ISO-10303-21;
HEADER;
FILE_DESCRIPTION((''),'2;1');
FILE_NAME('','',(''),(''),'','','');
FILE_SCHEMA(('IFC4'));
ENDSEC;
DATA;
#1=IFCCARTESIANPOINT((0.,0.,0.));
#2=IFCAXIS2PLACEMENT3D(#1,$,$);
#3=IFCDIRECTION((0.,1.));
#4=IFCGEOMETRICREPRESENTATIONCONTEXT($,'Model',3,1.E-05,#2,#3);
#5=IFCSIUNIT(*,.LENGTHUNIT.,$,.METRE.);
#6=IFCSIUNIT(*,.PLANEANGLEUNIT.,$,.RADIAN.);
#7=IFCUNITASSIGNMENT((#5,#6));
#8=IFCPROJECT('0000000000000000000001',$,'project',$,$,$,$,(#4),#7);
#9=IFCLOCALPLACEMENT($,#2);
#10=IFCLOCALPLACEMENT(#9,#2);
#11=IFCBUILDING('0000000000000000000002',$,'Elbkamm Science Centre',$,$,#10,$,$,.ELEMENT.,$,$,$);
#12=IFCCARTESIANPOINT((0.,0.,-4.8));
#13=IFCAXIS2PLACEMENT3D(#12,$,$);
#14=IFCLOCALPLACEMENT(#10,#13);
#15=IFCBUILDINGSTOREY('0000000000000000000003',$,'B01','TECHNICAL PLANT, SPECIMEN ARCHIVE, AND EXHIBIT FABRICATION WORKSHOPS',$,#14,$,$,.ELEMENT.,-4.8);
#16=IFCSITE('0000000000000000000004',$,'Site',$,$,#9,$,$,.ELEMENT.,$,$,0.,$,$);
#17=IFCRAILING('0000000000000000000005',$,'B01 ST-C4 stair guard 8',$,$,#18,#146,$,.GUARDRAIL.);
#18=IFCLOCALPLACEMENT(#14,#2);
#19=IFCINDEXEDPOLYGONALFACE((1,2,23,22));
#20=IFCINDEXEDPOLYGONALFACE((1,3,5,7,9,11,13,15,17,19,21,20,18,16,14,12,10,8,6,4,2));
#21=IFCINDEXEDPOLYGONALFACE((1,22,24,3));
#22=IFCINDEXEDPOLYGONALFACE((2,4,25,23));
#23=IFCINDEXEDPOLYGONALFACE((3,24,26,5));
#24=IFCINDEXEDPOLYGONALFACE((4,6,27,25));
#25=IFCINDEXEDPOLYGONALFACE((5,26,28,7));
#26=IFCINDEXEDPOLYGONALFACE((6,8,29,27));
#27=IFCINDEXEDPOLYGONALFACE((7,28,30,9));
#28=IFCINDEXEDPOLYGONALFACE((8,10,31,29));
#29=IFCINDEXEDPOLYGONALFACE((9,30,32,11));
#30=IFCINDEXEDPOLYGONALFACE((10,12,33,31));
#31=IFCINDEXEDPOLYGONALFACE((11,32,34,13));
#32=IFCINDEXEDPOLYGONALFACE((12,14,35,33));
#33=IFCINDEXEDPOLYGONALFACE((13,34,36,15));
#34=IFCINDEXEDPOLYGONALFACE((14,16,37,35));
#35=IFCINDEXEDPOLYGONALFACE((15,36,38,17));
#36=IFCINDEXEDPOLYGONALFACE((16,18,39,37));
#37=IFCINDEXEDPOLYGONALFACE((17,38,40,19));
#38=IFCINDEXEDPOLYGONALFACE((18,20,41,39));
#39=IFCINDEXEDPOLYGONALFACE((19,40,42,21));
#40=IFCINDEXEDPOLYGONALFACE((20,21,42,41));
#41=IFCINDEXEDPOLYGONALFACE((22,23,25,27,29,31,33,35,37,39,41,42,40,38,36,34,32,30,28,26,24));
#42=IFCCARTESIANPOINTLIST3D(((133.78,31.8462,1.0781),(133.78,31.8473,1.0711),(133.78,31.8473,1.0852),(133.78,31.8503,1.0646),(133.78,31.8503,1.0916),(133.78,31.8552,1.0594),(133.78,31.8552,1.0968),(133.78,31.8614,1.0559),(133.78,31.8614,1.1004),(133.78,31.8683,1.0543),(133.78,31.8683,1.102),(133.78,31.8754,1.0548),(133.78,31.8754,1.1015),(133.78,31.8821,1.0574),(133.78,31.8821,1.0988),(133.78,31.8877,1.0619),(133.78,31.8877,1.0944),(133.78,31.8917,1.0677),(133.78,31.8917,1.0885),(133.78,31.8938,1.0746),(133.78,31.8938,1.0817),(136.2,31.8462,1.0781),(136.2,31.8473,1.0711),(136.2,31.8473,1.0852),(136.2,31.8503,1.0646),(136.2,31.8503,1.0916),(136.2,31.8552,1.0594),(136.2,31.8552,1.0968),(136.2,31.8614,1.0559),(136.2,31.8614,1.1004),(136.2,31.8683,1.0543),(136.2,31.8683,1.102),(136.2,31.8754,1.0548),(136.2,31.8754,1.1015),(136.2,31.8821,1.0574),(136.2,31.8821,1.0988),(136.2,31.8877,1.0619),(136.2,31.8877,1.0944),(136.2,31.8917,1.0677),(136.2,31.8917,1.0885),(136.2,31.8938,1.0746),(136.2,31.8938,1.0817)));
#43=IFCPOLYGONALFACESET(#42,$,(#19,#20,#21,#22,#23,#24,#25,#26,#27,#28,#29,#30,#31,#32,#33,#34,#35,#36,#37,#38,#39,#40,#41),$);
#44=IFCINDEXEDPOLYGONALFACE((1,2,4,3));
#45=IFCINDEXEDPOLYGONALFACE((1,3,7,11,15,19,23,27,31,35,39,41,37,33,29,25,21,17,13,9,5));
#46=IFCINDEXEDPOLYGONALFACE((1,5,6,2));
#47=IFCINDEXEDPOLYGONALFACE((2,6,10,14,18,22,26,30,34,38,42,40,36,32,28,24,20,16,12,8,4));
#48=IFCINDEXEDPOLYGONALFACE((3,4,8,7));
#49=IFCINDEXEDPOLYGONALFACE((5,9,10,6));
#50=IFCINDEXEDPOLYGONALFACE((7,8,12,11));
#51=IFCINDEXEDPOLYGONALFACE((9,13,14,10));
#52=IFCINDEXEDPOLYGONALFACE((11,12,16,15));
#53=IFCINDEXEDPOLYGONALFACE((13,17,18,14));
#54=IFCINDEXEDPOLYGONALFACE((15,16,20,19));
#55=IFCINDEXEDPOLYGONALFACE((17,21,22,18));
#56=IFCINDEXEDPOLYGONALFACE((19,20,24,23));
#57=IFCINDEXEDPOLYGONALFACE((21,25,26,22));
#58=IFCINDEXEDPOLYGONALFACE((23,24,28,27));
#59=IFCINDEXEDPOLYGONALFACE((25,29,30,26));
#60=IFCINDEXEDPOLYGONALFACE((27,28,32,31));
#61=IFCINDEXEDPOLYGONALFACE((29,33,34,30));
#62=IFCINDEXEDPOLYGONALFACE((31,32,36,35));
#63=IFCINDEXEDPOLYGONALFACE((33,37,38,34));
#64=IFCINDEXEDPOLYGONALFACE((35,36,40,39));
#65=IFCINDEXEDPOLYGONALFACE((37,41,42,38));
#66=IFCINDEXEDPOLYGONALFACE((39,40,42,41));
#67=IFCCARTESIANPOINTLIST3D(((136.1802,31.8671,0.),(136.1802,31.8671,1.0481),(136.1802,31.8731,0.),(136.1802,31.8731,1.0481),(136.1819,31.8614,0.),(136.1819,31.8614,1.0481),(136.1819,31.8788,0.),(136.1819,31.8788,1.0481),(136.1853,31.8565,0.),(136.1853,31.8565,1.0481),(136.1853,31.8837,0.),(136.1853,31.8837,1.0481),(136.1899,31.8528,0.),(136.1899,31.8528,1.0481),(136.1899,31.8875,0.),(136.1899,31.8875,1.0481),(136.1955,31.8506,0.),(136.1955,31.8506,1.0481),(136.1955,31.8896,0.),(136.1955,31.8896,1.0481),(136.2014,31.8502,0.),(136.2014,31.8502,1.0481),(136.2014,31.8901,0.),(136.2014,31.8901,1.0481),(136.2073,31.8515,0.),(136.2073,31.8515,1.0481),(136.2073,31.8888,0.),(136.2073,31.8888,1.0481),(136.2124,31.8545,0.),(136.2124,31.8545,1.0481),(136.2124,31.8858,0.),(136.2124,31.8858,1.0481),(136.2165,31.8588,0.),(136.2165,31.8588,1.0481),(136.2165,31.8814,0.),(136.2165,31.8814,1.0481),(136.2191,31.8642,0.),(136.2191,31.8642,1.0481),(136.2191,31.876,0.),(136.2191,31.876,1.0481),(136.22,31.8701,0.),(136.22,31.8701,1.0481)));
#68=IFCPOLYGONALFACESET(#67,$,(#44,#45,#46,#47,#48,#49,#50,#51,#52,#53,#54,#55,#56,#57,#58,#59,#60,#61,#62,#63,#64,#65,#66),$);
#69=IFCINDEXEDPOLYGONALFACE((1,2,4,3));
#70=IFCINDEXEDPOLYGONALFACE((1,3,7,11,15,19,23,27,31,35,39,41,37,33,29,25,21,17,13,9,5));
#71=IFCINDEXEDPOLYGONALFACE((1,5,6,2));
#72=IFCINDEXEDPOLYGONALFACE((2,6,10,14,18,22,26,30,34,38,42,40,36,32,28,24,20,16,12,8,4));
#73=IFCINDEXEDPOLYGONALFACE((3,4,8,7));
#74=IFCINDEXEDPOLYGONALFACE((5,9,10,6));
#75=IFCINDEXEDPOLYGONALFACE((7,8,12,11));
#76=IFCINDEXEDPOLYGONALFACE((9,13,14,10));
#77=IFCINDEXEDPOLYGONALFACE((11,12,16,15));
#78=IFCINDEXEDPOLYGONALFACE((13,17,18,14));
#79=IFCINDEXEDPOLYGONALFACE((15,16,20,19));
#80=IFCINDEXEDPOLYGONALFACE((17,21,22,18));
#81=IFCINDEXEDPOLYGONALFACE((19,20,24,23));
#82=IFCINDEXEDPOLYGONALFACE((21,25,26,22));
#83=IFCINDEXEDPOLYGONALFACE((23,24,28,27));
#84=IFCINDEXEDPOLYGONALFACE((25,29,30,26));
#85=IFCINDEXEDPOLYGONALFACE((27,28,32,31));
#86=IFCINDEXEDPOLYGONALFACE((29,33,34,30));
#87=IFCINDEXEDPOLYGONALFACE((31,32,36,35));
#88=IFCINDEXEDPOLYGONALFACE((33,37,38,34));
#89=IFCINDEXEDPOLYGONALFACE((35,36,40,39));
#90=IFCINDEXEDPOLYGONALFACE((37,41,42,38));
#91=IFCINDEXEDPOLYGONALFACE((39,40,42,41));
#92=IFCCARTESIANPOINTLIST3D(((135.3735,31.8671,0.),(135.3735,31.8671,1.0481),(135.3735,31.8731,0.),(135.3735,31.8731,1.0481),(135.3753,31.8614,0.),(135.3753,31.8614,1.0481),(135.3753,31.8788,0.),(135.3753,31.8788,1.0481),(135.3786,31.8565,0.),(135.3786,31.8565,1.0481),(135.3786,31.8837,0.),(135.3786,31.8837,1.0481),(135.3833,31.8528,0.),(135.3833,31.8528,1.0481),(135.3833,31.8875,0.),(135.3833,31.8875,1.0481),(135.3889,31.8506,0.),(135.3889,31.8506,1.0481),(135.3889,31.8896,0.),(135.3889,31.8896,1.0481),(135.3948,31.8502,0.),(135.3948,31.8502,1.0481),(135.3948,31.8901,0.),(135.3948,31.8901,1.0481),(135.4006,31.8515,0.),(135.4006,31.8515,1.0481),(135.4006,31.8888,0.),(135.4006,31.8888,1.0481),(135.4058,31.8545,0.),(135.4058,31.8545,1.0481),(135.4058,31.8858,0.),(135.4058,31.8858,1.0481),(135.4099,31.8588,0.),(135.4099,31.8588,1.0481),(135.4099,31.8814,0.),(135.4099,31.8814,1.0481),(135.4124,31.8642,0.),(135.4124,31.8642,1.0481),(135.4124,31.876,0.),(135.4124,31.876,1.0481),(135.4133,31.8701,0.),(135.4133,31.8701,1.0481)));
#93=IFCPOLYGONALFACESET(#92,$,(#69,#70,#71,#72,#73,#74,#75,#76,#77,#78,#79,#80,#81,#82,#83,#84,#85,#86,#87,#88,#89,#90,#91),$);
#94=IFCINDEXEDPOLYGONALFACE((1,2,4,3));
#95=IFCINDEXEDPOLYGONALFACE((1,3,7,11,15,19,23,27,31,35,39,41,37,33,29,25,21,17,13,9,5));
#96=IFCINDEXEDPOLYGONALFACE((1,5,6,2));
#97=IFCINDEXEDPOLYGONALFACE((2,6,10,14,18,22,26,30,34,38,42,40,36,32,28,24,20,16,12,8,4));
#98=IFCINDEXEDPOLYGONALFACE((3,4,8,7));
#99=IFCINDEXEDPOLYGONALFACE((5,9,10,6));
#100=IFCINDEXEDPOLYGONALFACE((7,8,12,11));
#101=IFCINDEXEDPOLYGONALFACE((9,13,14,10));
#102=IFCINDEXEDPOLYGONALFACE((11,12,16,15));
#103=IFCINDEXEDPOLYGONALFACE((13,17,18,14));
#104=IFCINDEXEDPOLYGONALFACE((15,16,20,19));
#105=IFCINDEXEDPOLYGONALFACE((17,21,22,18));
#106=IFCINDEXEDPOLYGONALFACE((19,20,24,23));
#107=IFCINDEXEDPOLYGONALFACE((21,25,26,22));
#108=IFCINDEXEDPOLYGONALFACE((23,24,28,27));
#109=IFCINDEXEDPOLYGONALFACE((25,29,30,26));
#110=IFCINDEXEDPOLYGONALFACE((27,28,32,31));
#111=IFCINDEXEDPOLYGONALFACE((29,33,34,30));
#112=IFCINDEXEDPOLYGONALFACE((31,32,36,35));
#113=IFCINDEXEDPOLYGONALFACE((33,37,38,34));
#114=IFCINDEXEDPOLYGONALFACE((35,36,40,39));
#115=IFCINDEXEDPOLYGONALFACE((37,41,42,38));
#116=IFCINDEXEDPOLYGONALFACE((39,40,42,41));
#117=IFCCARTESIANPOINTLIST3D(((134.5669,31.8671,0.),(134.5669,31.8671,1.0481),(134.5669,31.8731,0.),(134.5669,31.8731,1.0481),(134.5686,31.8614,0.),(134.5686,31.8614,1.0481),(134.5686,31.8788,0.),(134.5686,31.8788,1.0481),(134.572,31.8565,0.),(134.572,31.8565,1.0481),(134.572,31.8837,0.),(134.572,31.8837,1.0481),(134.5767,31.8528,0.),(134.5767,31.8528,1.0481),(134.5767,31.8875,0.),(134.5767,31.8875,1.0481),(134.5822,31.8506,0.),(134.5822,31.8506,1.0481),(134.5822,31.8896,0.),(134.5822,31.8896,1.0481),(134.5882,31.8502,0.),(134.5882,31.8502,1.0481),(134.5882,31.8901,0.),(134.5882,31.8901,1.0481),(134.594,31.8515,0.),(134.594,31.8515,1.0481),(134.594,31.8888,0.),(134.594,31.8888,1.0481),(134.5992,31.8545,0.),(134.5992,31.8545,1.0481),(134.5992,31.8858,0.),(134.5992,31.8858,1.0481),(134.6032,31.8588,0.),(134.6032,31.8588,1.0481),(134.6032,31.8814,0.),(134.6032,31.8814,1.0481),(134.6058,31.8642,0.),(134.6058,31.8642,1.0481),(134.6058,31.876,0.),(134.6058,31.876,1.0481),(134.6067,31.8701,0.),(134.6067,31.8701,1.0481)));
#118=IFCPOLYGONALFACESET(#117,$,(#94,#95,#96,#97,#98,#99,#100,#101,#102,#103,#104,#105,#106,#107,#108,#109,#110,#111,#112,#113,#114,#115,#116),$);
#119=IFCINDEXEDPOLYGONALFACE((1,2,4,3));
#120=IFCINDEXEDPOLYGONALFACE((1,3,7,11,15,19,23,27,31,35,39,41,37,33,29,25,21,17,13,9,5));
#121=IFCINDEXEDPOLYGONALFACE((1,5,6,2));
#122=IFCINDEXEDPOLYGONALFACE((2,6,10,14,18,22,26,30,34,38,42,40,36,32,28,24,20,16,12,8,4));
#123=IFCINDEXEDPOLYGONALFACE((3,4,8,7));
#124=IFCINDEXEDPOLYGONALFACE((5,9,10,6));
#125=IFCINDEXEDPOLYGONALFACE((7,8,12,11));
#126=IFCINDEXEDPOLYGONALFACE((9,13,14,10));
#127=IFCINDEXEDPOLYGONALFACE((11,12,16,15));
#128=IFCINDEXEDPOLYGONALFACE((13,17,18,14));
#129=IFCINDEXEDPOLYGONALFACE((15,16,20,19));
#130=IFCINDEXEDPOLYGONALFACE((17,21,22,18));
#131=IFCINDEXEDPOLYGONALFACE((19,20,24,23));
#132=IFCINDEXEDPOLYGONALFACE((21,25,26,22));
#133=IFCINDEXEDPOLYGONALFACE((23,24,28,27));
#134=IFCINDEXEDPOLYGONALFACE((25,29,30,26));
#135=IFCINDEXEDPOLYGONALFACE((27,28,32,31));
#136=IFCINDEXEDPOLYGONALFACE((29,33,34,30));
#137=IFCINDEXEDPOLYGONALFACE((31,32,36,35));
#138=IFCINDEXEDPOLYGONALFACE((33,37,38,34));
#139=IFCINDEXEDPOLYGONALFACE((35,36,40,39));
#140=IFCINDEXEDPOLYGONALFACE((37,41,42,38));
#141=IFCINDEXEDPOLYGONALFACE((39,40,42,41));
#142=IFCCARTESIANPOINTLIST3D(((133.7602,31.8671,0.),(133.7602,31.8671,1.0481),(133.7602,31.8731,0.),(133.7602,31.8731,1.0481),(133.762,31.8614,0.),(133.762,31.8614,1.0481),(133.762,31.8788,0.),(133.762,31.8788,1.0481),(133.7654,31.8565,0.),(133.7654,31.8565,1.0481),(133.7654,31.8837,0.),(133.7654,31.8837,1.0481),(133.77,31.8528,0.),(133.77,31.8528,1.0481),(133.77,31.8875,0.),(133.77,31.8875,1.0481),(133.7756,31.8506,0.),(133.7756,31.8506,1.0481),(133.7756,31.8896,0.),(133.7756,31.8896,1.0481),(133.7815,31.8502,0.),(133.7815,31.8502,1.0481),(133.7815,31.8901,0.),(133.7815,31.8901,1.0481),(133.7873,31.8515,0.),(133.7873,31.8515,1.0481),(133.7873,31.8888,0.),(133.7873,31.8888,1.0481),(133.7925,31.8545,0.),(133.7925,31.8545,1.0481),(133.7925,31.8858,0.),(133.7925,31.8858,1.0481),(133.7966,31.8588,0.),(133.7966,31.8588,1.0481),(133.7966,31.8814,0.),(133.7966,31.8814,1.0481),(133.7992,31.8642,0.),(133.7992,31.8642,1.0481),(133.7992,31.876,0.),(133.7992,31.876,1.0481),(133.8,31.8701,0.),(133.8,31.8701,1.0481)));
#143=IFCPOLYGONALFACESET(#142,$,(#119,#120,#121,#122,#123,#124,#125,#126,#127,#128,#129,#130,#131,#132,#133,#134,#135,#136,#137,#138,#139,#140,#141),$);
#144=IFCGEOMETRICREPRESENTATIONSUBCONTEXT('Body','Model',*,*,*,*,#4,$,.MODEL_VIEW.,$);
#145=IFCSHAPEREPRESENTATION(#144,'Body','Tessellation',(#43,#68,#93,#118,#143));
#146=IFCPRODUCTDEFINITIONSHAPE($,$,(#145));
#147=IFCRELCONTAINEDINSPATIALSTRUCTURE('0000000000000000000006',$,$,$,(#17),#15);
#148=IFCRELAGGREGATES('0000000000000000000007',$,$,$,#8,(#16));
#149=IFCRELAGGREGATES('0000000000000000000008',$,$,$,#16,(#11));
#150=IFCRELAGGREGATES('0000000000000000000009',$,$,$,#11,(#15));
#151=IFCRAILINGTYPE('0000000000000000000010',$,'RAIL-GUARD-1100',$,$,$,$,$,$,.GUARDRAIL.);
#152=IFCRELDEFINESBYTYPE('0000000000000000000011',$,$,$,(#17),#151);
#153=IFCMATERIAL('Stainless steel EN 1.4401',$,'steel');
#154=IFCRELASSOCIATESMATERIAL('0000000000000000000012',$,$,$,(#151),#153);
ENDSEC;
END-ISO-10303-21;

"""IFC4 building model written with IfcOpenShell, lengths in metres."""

from ifc_helpers import new_model, si_unit, direction, frame, origin, origin_2d, place, context, subcontext, project, spatial, circle, extrude, material, type_object, element, save


model = new_model("IFC4")

# Units and contexts
model_context = context("Model", 3, precision=1e-05, world=origin(), true_north=direction((0.0, 1.0)))
body_context = subcontext(model_context, "Body", "Model", "MODEL_VIEW")
ifc_project = project(units=[si_unit("LENGTHUNIT", "METRE"), si_unit("PLANEANGLEUNIT", "RADIAN")], contexts=[model_context])

# Site, building, storey
site_placement = place(None, origin())
site = spatial("IfcSite", under=ifc_project, at=site_placement, Name="Site", CompositionType="ELEMENT", RefElevation=0.0)
building_placement = place(site_placement, origin())
building = spatial("IfcBuilding", under=site, at=building_placement, Name="Elbkamm Science Centre", CompositionType="ELEMENT")
storey_placement = place(building_placement, frame((0.0, 0.0, -4.8)))
storey = spatial("IfcBuildingStorey", under=building, at=storey_placement, Name="B01", Description="TECHNICAL PLANT, SPECIMEN ARCHIVE, AND EXHIBIT FABRICATION WORKSHOPS", CompositionType="ELEMENT", Elevation=-4.8)

# Railing
ifc_material_1 = material(Name="Stainless steel EN 1.4401", Category="steel")
railing_type_1 = type_object("IfcRailingType", Name="RAIL-GUARD-1100", PredefinedType="GUARDRAIL", material=ifc_material_1)
for number, where, name in (
    (1, (136.2, 31.8701, 0.0), "B01 ST-C4 stair guard 8"),
):
    element("IfcRailing", number, at=place(storey_placement, frame(where)), inside=storey, type_object=railing_type_1, Name=name, PredefinedType="GUARDRAIL", context=body_context, shape_type="SweptSolid", body=[
        extrude(circle(Radius=0.0239, at=origin_2d()), frame((0.0, 0.0, 1.0781), z_axis=(-1.0, 0.0, 0.0), x_axis=(0.0, -1.0, 0.0)), (0.0, 0.0, 1.0), 2.4199),
        extrude(circle(Radius=0.02, at=origin_2d()), origin(), (0.0, 0.0, 1.0), 1.0481),
        extrude(circle(Radius=0.02, at=origin_2d()), frame((-0.8066, 0.0, 0.0)), (0.0, 0.0, 1.0), 1.0481),
        extrude(circle(Radius=0.02, at=origin_2d()), frame((-1.6133, 0.0, 0.0)), (0.0, 0.0, 1.0), 1.0481),
        extrude(circle(Radius=0.02, at=origin_2d()), frame((-2.4199, 0.0, 0.0)), (0.0, 0.0, 1.0), 1.0481),
    ])

save(model, "model.ifc")
